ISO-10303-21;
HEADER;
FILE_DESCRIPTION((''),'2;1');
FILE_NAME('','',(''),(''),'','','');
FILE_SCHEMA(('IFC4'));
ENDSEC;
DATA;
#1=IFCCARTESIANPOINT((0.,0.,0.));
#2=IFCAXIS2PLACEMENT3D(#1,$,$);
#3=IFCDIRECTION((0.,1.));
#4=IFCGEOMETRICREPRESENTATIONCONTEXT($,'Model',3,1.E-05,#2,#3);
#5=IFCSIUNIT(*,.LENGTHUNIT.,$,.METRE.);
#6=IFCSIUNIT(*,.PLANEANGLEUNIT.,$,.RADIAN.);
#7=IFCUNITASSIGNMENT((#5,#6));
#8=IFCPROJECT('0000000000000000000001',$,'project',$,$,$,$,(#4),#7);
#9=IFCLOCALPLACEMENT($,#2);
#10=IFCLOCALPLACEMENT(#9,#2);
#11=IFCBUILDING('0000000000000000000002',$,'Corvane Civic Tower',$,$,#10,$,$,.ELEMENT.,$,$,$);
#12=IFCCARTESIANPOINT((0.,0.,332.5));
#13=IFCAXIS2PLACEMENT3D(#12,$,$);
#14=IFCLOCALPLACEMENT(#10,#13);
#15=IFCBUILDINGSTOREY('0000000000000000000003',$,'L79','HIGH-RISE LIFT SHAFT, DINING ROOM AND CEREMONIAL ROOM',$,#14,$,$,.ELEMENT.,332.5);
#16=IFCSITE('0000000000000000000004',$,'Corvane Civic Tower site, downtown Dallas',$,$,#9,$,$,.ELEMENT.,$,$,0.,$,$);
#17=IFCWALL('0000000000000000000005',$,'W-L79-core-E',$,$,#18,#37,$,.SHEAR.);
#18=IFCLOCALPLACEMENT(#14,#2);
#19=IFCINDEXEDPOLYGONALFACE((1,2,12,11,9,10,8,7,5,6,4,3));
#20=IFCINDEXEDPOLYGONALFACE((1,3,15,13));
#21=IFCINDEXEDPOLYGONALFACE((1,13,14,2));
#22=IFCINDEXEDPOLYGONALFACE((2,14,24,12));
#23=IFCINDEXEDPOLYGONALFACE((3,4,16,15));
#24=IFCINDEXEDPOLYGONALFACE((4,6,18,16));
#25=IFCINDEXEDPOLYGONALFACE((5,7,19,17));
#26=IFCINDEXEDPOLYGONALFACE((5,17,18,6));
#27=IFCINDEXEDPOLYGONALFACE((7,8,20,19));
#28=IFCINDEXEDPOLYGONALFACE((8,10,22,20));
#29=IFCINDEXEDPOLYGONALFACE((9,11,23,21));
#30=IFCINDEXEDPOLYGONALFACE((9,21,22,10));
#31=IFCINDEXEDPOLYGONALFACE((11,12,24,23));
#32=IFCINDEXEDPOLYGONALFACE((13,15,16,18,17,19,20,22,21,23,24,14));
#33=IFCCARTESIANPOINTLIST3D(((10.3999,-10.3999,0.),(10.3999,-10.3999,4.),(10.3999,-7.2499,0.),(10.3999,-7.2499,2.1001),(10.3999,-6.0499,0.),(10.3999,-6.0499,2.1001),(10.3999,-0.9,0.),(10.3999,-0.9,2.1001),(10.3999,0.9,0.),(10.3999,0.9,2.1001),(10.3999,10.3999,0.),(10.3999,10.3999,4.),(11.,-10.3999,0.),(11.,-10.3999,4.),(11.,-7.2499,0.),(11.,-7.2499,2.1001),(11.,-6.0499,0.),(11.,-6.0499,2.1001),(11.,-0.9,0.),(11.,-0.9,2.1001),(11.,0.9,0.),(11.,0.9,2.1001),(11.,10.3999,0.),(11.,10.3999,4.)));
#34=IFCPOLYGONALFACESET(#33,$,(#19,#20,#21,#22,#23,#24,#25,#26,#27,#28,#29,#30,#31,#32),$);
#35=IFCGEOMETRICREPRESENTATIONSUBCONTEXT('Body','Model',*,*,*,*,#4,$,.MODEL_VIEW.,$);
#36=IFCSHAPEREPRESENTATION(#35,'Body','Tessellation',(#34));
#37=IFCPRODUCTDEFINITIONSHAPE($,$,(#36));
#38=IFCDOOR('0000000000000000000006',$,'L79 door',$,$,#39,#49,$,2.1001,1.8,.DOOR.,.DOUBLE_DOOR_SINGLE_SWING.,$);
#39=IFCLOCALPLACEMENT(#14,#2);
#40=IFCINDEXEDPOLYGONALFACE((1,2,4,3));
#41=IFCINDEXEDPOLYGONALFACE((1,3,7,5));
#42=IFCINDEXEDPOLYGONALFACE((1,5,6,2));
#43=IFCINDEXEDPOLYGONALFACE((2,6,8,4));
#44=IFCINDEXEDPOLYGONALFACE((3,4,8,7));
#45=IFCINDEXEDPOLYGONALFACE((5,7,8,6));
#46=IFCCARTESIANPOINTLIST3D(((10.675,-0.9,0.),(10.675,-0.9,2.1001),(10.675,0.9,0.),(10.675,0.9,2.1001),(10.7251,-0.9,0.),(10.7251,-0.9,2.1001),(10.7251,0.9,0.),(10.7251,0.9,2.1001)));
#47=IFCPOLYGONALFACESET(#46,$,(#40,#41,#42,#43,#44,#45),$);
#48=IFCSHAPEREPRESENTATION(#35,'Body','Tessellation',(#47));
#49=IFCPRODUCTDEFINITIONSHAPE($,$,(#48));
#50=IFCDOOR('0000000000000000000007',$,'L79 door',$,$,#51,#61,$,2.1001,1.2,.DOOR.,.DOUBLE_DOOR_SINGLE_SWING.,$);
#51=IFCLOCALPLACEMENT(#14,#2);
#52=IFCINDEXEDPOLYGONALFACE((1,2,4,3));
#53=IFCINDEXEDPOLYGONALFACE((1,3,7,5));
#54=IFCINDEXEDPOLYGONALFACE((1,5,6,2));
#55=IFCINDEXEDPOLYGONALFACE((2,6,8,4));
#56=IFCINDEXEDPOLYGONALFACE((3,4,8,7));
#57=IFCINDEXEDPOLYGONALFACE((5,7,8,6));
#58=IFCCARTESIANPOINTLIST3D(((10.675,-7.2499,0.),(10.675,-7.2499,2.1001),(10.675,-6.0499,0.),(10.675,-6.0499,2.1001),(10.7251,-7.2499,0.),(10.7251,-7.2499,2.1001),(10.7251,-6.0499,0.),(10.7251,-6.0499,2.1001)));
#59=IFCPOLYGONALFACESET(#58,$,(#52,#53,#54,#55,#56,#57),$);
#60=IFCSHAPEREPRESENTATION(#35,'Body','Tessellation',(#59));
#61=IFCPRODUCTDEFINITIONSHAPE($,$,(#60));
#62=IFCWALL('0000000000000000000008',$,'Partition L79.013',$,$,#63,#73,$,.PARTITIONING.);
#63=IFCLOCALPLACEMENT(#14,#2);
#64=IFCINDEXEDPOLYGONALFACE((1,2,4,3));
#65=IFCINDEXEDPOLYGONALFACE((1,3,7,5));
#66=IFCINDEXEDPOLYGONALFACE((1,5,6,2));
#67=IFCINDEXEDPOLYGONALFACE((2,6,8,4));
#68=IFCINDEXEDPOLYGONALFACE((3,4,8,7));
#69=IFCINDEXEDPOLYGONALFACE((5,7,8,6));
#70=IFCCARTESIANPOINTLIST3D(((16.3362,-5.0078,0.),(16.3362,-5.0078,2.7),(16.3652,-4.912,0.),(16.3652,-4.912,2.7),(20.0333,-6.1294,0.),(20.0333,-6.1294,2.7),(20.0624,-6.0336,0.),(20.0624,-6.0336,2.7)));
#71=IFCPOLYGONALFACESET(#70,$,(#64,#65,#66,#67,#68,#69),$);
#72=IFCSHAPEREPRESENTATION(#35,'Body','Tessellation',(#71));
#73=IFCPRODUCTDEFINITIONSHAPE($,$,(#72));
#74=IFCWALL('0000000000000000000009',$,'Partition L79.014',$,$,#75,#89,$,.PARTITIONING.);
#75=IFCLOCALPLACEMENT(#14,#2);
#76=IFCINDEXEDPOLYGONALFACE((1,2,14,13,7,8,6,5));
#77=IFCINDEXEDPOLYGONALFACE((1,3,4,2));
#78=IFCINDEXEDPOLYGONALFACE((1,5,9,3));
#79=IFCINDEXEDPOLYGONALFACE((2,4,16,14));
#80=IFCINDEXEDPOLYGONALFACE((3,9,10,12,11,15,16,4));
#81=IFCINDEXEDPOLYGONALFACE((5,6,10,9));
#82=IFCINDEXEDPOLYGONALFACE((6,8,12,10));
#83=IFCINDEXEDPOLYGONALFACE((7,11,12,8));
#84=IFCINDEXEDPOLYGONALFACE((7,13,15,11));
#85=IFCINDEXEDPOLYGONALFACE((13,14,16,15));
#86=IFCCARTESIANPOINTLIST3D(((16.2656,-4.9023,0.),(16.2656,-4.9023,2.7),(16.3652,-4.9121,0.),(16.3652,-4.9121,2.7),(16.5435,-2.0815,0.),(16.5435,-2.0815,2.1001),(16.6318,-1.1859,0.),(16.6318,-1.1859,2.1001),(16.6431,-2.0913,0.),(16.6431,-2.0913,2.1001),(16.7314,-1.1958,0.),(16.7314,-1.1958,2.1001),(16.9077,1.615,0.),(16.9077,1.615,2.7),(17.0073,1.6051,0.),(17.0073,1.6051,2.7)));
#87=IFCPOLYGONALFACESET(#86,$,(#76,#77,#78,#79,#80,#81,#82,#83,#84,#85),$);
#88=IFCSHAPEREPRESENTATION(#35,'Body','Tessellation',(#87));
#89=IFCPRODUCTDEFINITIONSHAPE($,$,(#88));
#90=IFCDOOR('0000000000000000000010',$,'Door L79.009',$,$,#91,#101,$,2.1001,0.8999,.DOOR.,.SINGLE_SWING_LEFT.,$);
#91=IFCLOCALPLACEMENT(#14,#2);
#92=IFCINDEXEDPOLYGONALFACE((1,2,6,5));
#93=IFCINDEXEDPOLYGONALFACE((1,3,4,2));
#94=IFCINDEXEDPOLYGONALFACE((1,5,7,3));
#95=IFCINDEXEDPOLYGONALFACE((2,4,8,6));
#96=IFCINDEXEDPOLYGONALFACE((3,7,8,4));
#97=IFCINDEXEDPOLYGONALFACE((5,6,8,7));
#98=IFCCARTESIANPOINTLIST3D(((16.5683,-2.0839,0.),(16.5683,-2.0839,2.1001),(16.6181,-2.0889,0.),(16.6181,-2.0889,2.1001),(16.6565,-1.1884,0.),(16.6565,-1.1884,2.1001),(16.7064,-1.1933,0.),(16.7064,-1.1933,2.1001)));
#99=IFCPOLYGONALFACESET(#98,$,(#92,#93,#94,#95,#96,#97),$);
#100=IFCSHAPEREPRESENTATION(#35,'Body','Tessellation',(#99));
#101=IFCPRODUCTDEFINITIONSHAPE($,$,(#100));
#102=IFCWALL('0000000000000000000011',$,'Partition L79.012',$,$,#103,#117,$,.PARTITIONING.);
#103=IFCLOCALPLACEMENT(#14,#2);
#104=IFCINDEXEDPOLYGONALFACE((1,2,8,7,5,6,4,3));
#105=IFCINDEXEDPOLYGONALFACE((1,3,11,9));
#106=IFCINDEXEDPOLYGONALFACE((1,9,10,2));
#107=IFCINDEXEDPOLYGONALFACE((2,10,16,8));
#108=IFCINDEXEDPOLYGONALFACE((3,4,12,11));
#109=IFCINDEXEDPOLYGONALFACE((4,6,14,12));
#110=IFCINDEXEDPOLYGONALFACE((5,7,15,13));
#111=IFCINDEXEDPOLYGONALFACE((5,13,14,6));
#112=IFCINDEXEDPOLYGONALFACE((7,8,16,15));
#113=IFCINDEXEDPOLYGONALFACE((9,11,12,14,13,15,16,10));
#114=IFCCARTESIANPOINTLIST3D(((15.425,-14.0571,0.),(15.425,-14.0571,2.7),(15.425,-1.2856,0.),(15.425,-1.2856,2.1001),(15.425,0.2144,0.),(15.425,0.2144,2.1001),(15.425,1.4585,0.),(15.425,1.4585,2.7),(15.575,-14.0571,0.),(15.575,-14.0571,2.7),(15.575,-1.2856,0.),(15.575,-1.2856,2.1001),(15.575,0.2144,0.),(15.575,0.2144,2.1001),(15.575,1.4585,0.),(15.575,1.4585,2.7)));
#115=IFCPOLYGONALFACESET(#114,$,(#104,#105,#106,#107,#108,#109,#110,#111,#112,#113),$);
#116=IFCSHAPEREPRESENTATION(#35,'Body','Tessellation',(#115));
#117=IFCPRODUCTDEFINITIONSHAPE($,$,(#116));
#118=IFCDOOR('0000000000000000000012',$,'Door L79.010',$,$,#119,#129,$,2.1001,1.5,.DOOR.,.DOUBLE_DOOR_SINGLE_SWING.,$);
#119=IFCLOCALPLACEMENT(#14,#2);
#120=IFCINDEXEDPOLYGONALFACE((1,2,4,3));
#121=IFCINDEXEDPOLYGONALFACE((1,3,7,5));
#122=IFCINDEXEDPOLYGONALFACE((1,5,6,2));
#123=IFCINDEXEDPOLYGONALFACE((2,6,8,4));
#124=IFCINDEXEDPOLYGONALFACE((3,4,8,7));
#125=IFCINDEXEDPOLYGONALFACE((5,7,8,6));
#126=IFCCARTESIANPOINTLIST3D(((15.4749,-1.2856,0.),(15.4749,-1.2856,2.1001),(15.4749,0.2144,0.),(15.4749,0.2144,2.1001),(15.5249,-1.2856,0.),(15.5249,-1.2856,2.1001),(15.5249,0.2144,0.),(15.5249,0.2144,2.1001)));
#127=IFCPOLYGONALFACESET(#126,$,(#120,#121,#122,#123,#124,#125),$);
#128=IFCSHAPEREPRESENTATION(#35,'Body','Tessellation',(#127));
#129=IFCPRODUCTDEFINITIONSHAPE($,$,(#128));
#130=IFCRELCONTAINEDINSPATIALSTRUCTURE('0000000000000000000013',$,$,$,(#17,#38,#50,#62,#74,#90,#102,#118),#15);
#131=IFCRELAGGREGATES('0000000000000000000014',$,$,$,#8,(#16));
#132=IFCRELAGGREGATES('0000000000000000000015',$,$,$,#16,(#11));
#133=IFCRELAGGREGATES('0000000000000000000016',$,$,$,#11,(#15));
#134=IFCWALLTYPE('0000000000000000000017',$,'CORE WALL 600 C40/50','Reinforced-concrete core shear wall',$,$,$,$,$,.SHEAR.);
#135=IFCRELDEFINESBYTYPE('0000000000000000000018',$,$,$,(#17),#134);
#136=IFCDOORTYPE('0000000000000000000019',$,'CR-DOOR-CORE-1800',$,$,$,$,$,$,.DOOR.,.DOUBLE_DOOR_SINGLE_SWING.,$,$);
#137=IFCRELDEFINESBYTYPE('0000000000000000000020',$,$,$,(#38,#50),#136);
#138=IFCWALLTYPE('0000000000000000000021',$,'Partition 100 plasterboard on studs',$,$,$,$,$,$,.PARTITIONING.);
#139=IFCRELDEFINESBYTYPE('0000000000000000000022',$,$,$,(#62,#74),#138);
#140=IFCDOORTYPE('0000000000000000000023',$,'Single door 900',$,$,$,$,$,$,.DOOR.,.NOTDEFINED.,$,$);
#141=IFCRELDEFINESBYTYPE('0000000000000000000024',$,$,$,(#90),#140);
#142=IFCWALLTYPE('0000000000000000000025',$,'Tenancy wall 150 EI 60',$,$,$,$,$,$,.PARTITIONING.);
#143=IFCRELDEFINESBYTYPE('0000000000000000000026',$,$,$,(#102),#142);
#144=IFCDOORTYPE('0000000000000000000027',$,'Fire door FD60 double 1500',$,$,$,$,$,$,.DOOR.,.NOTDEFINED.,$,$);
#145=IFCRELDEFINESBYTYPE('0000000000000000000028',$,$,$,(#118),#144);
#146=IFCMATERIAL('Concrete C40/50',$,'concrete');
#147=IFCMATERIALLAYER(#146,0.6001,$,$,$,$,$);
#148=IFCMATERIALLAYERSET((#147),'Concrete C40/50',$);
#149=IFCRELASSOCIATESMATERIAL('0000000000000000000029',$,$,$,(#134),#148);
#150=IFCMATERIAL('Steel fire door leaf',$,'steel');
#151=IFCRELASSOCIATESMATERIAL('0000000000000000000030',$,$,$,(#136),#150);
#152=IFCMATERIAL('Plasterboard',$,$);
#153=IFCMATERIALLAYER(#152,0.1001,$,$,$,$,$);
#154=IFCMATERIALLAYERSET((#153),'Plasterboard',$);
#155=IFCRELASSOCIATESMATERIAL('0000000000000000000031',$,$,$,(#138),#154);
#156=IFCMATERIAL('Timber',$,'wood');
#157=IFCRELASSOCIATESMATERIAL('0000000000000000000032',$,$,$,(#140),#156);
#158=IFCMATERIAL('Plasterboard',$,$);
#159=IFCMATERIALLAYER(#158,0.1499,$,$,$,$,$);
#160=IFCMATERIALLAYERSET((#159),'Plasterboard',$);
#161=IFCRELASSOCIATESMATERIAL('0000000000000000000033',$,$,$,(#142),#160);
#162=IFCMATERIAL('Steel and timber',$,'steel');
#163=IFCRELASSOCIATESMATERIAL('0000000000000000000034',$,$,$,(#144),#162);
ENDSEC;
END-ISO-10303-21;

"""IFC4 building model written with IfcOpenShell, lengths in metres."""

from ifc_helpers import new_model, si_unit, direction, frame, frame_2d, origin, place, context, subcontext, project, spatial, rectangle, extrude, material, layer, layer_set, type_object, element, fill, save


model = new_model("IFC4")

# Units and contexts
model_context = context("Model", 3, precision=1e-05, world=origin(), true_north=direction((0.0, 1.0)))
body_context = subcontext(model_context, "Body", "Model", "MODEL_VIEW")
ifc_project = project(units=[si_unit("LENGTHUNIT", "METRE"), si_unit("PLANEANGLEUNIT", "RADIAN")], contexts=[model_context])

# Site, building, storey
site_placement = place(None, origin())
site = spatial("IfcSite", under=ifc_project, at=site_placement, Name="Corvane Civic Tower site, downtown Dallas", CompositionType="ELEMENT", RefElevation=0.0)
building_placement = place(site_placement, origin())
building = spatial("IfcBuilding", under=site, at=building_placement, Name="Corvane Civic Tower", CompositionType="ELEMENT")
storey_placement = place(building_placement, frame((0.0, 0.0, 332.5)))
storey = spatial("IfcBuildingStorey", under=building, at=storey_placement, Name="L79", Description="HIGH-RISE LIFT SHAFT, DINING ROOM AND CEREMONIAL ROOM", CompositionType="ELEMENT", Elevation=332.5)

# Wall, openings, doors
ifc_material_1 = material(Name="Concrete C40/50", Category="concrete")
ifc_layer_1 = layer(ifc_material_1, 0.6001)
ifc_layer_set_1 = layer_set([ifc_layer_1], Name="Concrete C40/50")
wall_type_1 = type_object("IfcWallType", Name="CORE WALL 600 C40/50", Description="Reinforced-concrete core shear wall", PredefinedType="SHEAR", material=ifc_layer_set_1)
wall_1_placement = place(storey_placement, frame((10.7, -10.3999, 0.0), z_axis=(0.0, 0.0, 1.0), x_axis=(0.0, 1.0, 0.0)))
wall_1 = element("IfcWall", 1, at=wall_1_placement, inside=storey, type_object=wall_type_1, Name="W-L79-core-E", PredefinedType="SHEAR", context=body_context, shape_type="SweptSolid", body=[
    extrude(rectangle(XDim=20.7998, YDim=0.6001, at=frame_2d((10.3999, 0.0))), origin(), (0.0, 0.0, 1.0), 4.0),
])
opening_1_placement = place(wall_1_placement, frame((9.5, 0.0, 0.0)))
opening_1 = element("IfcOpeningElement", 2, at=opening_1_placement, cuts=wall_1, PredefinedType="OPENING", context=body_context, shape_type="SweptSolid", body=[
    extrude(rectangle(XDim=1.8, YDim=2.1001, at=frame_2d((0.8999, 1.05))), frame((0.0, 0.3101, 0.0), z_axis=(0.0, -1.0, 0.0), x_axis=(1.0, 0.0, 0.0)), (0.0, 0.0, 1.0), 0.6201),
])
opening_2_placement = place(wall_1_placement, frame((3.1499, 0.0, 0.0)))
opening_2 = element("IfcOpeningElement", 3, at=opening_2_placement, cuts=wall_1, PredefinedType="OPENING", context=body_context, shape_type="SweptSolid", body=[
    extrude(rectangle(XDim=1.2, YDim=2.1001, at=frame_2d((0.6001, 1.05))), frame((0.0, 0.3101, 0.0), z_axis=(0.0, -1.0, 0.0), x_axis=(1.0, 0.0, 0.0)), (0.0, 0.0, 1.0), 0.6201),
])
ifc_material_2 = material(Name="Steel fire door leaf", Category="steel")
door_type_1 = type_object("IfcDoorType", Name="CR-DOOR-CORE-1800", OperationType="DOUBLE_DOOR_SINGLE_SWING", PredefinedType="DOOR", material=ifc_material_2)
door_1_placement = place(opening_1_placement, origin())
door_1 = element("IfcDoor", 4, at=door_1_placement, inside=storey, type_object=door_type_1, Name="L79 door", OperationType="DOUBLE_DOOR_SINGLE_SWING", OverallHeight=2.1001, OverallWidth=1.8, PredefinedType="DOOR", context=body_context, shape_type="SweptSolid", body=[
    extrude(rectangle(XDim=1.8, YDim=2.1001, at=frame_2d((0.8999, 1.05))), frame((0.0, 0.0249, 0.0), z_axis=(0.0, -1.0, 0.0), x_axis=(1.0, 0.0, 0.0)), (0.0, 0.0, 1.0), 0.05),
])
fill(opening_1, door_1)
door_2_placement = place(opening_2_placement, origin())
door_2 = element("IfcDoor", 5, at=door_2_placement, inside=storey, type_object=door_type_1, Name="L79 door", OperationType="DOUBLE_DOOR_SINGLE_SWING", OverallHeight=2.1001, OverallWidth=1.2, PredefinedType="DOOR", context=body_context, shape_type="SweptSolid", body=[
    extrude(rectangle(XDim=1.2, YDim=2.1001, at=frame_2d((0.6001, 1.05))), frame((0.0, 0.0249, 0.0), z_axis=(0.0, -1.0, 0.0), x_axis=(1.0, 0.0, 0.0)), (0.0, 0.0, 1.0), 0.05),
])
fill(opening_2, door_2)

# Wall
ifc_material_3 = material(Name="Plasterboard")
ifc_layer_2 = layer(ifc_material_3, 0.1001)
ifc_layer_set_2 = layer_set([ifc_layer_2], Name="Plasterboard")
wall_type_2 = type_object("IfcWallType", Name="Partition 100 plasterboard on studs", PredefinedType="PARTITIONING", material=ifc_layer_set_2)
wall_2_placement = place(storey_placement, frame((16.3508, -4.96, 0.0), z_axis=(0.0, 0.0, 1.0), x_axis=(0.956938, -0.290291, 0.0)))
element("IfcWall", 6, at=wall_2_placement, inside=storey, type_object=wall_type_2, Name="Partition L79.013", PredefinedType="PARTITIONING", context=body_context, shape_type="SweptSolid", body=[
    extrude(rectangle(XDim=3.8635, YDim=0.1001, at=frame_2d((1.9316, 0.0))), origin(), (0.0, 0.0, 1.0), 2.7),
])

# Walls, openings, doors
wall_3_placement = place(storey_placement, frame((16.3154, -4.9072, 0.0), z_axis=(0.0, 0.0, 1.0), x_axis=(0.098046, 0.995182, 0.0)))
wall_3 = element("IfcWall", 7, at=wall_3_placement, inside=storey, type_object=wall_type_2, Name="Partition L79.014", PredefinedType="PARTITIONING", context=body_context, shape_type="SweptSolid", body=[
    extrude(rectangle(XDim=6.5488, YDim=0.1001, at=frame_2d((3.2744, 0.0))), origin(), (0.0, 0.0, 1.0), 2.7),
])
opening_3_placement = place(wall_3_placement, frame((2.8345, 0.0, 0.0)))
opening_3 = element("IfcOpeningElement", 8, at=opening_3_placement, cuts=wall_3, PredefinedType="OPENING", context=body_context, shape_type="SweptSolid", body=[
    extrude(rectangle(XDim=0.8999, YDim=2.1001, at=frame_2d((0.45, 1.05))), frame((0.0, 0.0601, 0.0), z_axis=(0.0, -1.0, 0.0), x_axis=(1.0, 0.0, 0.0)), (0.0, 0.0, 1.0), 0.1201),
])
ifc_material_4 = material(Name="Timber", Category="wood")
door_type_2 = type_object("IfcDoorType", Name="Single door 900", OperationType="NOTDEFINED", PredefinedType="DOOR", material=ifc_material_4)
door_3_placement = place(opening_3_placement, frame((0.8999, 0.0, 0.0), z_axis=(0.0, 0.0, 1.0), x_axis=(-1.0, 0.0, 0.0)))
door_3 = element("IfcDoor", 9, at=door_3_placement, inside=storey, type_object=door_type_2, Name="Door L79.009", OperationType="SINGLE_SWING_LEFT", OverallHeight=2.1001, OverallWidth=0.8999, PredefinedType="DOOR", context=body_context, shape_type="SweptSolid", body=[
    extrude(rectangle(XDim=0.8999, YDim=2.1001, at=frame_2d((0.45, 1.05))), frame((0.0, 0.0249, 0.0), z_axis=(0.0, -1.0, 0.0), x_axis=(1.0, 0.0, 0.0)), (0.0, 0.0, 1.0), 0.05),
])
fill(opening_3, door_3)
ifc_material_5 = material(Name="Plasterboard")
ifc_layer_3 = layer(ifc_material_5, 0.1499)
ifc_layer_set_3 = layer_set([ifc_layer_3], Name="Plasterboard")
wall_type_3 = type_object("IfcWallType", Name="Tenancy wall 150 EI 60", PredefinedType="PARTITIONING", material=ifc_layer_set_3)
wall_4_placement = place(storey_placement, frame((15.5, -14.0571, 0.0), z_axis=(0.0, 0.0, 1.0), x_axis=(0.0, 1.0, 0.0)))
wall_4 = element("IfcWall", 10, at=wall_4_placement, inside=storey, type_object=wall_type_3, Name="Partition L79.012", PredefinedType="PARTITIONING", context=body_context, shape_type="SweptSolid", body=[
    extrude(rectangle(XDim=15.5156, YDim=0.1499, at=frame_2d((7.7578, 0.0))), origin(), (0.0, 0.0, 1.0), 2.7),
])
opening_4_placement = place(wall_4_placement, frame((12.7715, 0.0, 0.0)))
opening_4 = element("IfcOpeningElement", 11, at=opening_4_placement, cuts=wall_4, PredefinedType="OPENING", context=body_context, shape_type="SweptSolid", body=[
    extrude(rectangle(XDim=1.5, YDim=2.1001, at=frame_2d((0.75, 1.05))), frame((0.0, 0.085, 0.0), z_axis=(0.0, -1.0, 0.0), x_axis=(1.0, 0.0, 0.0)), (0.0, 0.0, 1.0), 0.1699),
])
ifc_material_6 = material(Name="Steel and timber", Category="steel")
door_type_3 = type_object("IfcDoorType", Name="Fire door FD60 double 1500", OperationType="NOTDEFINED", PredefinedType="DOOR", material=ifc_material_6)
door_4_placement = place(opening_4_placement, frame((1.5, 0.0, 0.0), z_axis=(0.0, 0.0, 1.0), x_axis=(-1.0, 0.0, 0.0)))
door_4 = element("IfcDoor", 12, at=door_4_placement, inside=storey, type_object=door_type_3, Name="Door L79.010", OperationType="DOUBLE_DOOR_SINGLE_SWING", OverallHeight=2.1001, OverallWidth=1.5, PredefinedType="DOOR", context=body_context, shape_type="SweptSolid", body=[
    extrude(rectangle(XDim=1.5, YDim=2.1001, at=frame_2d((0.75, 1.05))), frame((0.0, 0.0249, 0.0), z_axis=(0.0, -1.0, 0.0), x_axis=(1.0, 0.0, 0.0)), (0.0, 0.0, 1.0), 0.05),
])
fill(opening_4, door_4)

save(model, "model.ifc")
